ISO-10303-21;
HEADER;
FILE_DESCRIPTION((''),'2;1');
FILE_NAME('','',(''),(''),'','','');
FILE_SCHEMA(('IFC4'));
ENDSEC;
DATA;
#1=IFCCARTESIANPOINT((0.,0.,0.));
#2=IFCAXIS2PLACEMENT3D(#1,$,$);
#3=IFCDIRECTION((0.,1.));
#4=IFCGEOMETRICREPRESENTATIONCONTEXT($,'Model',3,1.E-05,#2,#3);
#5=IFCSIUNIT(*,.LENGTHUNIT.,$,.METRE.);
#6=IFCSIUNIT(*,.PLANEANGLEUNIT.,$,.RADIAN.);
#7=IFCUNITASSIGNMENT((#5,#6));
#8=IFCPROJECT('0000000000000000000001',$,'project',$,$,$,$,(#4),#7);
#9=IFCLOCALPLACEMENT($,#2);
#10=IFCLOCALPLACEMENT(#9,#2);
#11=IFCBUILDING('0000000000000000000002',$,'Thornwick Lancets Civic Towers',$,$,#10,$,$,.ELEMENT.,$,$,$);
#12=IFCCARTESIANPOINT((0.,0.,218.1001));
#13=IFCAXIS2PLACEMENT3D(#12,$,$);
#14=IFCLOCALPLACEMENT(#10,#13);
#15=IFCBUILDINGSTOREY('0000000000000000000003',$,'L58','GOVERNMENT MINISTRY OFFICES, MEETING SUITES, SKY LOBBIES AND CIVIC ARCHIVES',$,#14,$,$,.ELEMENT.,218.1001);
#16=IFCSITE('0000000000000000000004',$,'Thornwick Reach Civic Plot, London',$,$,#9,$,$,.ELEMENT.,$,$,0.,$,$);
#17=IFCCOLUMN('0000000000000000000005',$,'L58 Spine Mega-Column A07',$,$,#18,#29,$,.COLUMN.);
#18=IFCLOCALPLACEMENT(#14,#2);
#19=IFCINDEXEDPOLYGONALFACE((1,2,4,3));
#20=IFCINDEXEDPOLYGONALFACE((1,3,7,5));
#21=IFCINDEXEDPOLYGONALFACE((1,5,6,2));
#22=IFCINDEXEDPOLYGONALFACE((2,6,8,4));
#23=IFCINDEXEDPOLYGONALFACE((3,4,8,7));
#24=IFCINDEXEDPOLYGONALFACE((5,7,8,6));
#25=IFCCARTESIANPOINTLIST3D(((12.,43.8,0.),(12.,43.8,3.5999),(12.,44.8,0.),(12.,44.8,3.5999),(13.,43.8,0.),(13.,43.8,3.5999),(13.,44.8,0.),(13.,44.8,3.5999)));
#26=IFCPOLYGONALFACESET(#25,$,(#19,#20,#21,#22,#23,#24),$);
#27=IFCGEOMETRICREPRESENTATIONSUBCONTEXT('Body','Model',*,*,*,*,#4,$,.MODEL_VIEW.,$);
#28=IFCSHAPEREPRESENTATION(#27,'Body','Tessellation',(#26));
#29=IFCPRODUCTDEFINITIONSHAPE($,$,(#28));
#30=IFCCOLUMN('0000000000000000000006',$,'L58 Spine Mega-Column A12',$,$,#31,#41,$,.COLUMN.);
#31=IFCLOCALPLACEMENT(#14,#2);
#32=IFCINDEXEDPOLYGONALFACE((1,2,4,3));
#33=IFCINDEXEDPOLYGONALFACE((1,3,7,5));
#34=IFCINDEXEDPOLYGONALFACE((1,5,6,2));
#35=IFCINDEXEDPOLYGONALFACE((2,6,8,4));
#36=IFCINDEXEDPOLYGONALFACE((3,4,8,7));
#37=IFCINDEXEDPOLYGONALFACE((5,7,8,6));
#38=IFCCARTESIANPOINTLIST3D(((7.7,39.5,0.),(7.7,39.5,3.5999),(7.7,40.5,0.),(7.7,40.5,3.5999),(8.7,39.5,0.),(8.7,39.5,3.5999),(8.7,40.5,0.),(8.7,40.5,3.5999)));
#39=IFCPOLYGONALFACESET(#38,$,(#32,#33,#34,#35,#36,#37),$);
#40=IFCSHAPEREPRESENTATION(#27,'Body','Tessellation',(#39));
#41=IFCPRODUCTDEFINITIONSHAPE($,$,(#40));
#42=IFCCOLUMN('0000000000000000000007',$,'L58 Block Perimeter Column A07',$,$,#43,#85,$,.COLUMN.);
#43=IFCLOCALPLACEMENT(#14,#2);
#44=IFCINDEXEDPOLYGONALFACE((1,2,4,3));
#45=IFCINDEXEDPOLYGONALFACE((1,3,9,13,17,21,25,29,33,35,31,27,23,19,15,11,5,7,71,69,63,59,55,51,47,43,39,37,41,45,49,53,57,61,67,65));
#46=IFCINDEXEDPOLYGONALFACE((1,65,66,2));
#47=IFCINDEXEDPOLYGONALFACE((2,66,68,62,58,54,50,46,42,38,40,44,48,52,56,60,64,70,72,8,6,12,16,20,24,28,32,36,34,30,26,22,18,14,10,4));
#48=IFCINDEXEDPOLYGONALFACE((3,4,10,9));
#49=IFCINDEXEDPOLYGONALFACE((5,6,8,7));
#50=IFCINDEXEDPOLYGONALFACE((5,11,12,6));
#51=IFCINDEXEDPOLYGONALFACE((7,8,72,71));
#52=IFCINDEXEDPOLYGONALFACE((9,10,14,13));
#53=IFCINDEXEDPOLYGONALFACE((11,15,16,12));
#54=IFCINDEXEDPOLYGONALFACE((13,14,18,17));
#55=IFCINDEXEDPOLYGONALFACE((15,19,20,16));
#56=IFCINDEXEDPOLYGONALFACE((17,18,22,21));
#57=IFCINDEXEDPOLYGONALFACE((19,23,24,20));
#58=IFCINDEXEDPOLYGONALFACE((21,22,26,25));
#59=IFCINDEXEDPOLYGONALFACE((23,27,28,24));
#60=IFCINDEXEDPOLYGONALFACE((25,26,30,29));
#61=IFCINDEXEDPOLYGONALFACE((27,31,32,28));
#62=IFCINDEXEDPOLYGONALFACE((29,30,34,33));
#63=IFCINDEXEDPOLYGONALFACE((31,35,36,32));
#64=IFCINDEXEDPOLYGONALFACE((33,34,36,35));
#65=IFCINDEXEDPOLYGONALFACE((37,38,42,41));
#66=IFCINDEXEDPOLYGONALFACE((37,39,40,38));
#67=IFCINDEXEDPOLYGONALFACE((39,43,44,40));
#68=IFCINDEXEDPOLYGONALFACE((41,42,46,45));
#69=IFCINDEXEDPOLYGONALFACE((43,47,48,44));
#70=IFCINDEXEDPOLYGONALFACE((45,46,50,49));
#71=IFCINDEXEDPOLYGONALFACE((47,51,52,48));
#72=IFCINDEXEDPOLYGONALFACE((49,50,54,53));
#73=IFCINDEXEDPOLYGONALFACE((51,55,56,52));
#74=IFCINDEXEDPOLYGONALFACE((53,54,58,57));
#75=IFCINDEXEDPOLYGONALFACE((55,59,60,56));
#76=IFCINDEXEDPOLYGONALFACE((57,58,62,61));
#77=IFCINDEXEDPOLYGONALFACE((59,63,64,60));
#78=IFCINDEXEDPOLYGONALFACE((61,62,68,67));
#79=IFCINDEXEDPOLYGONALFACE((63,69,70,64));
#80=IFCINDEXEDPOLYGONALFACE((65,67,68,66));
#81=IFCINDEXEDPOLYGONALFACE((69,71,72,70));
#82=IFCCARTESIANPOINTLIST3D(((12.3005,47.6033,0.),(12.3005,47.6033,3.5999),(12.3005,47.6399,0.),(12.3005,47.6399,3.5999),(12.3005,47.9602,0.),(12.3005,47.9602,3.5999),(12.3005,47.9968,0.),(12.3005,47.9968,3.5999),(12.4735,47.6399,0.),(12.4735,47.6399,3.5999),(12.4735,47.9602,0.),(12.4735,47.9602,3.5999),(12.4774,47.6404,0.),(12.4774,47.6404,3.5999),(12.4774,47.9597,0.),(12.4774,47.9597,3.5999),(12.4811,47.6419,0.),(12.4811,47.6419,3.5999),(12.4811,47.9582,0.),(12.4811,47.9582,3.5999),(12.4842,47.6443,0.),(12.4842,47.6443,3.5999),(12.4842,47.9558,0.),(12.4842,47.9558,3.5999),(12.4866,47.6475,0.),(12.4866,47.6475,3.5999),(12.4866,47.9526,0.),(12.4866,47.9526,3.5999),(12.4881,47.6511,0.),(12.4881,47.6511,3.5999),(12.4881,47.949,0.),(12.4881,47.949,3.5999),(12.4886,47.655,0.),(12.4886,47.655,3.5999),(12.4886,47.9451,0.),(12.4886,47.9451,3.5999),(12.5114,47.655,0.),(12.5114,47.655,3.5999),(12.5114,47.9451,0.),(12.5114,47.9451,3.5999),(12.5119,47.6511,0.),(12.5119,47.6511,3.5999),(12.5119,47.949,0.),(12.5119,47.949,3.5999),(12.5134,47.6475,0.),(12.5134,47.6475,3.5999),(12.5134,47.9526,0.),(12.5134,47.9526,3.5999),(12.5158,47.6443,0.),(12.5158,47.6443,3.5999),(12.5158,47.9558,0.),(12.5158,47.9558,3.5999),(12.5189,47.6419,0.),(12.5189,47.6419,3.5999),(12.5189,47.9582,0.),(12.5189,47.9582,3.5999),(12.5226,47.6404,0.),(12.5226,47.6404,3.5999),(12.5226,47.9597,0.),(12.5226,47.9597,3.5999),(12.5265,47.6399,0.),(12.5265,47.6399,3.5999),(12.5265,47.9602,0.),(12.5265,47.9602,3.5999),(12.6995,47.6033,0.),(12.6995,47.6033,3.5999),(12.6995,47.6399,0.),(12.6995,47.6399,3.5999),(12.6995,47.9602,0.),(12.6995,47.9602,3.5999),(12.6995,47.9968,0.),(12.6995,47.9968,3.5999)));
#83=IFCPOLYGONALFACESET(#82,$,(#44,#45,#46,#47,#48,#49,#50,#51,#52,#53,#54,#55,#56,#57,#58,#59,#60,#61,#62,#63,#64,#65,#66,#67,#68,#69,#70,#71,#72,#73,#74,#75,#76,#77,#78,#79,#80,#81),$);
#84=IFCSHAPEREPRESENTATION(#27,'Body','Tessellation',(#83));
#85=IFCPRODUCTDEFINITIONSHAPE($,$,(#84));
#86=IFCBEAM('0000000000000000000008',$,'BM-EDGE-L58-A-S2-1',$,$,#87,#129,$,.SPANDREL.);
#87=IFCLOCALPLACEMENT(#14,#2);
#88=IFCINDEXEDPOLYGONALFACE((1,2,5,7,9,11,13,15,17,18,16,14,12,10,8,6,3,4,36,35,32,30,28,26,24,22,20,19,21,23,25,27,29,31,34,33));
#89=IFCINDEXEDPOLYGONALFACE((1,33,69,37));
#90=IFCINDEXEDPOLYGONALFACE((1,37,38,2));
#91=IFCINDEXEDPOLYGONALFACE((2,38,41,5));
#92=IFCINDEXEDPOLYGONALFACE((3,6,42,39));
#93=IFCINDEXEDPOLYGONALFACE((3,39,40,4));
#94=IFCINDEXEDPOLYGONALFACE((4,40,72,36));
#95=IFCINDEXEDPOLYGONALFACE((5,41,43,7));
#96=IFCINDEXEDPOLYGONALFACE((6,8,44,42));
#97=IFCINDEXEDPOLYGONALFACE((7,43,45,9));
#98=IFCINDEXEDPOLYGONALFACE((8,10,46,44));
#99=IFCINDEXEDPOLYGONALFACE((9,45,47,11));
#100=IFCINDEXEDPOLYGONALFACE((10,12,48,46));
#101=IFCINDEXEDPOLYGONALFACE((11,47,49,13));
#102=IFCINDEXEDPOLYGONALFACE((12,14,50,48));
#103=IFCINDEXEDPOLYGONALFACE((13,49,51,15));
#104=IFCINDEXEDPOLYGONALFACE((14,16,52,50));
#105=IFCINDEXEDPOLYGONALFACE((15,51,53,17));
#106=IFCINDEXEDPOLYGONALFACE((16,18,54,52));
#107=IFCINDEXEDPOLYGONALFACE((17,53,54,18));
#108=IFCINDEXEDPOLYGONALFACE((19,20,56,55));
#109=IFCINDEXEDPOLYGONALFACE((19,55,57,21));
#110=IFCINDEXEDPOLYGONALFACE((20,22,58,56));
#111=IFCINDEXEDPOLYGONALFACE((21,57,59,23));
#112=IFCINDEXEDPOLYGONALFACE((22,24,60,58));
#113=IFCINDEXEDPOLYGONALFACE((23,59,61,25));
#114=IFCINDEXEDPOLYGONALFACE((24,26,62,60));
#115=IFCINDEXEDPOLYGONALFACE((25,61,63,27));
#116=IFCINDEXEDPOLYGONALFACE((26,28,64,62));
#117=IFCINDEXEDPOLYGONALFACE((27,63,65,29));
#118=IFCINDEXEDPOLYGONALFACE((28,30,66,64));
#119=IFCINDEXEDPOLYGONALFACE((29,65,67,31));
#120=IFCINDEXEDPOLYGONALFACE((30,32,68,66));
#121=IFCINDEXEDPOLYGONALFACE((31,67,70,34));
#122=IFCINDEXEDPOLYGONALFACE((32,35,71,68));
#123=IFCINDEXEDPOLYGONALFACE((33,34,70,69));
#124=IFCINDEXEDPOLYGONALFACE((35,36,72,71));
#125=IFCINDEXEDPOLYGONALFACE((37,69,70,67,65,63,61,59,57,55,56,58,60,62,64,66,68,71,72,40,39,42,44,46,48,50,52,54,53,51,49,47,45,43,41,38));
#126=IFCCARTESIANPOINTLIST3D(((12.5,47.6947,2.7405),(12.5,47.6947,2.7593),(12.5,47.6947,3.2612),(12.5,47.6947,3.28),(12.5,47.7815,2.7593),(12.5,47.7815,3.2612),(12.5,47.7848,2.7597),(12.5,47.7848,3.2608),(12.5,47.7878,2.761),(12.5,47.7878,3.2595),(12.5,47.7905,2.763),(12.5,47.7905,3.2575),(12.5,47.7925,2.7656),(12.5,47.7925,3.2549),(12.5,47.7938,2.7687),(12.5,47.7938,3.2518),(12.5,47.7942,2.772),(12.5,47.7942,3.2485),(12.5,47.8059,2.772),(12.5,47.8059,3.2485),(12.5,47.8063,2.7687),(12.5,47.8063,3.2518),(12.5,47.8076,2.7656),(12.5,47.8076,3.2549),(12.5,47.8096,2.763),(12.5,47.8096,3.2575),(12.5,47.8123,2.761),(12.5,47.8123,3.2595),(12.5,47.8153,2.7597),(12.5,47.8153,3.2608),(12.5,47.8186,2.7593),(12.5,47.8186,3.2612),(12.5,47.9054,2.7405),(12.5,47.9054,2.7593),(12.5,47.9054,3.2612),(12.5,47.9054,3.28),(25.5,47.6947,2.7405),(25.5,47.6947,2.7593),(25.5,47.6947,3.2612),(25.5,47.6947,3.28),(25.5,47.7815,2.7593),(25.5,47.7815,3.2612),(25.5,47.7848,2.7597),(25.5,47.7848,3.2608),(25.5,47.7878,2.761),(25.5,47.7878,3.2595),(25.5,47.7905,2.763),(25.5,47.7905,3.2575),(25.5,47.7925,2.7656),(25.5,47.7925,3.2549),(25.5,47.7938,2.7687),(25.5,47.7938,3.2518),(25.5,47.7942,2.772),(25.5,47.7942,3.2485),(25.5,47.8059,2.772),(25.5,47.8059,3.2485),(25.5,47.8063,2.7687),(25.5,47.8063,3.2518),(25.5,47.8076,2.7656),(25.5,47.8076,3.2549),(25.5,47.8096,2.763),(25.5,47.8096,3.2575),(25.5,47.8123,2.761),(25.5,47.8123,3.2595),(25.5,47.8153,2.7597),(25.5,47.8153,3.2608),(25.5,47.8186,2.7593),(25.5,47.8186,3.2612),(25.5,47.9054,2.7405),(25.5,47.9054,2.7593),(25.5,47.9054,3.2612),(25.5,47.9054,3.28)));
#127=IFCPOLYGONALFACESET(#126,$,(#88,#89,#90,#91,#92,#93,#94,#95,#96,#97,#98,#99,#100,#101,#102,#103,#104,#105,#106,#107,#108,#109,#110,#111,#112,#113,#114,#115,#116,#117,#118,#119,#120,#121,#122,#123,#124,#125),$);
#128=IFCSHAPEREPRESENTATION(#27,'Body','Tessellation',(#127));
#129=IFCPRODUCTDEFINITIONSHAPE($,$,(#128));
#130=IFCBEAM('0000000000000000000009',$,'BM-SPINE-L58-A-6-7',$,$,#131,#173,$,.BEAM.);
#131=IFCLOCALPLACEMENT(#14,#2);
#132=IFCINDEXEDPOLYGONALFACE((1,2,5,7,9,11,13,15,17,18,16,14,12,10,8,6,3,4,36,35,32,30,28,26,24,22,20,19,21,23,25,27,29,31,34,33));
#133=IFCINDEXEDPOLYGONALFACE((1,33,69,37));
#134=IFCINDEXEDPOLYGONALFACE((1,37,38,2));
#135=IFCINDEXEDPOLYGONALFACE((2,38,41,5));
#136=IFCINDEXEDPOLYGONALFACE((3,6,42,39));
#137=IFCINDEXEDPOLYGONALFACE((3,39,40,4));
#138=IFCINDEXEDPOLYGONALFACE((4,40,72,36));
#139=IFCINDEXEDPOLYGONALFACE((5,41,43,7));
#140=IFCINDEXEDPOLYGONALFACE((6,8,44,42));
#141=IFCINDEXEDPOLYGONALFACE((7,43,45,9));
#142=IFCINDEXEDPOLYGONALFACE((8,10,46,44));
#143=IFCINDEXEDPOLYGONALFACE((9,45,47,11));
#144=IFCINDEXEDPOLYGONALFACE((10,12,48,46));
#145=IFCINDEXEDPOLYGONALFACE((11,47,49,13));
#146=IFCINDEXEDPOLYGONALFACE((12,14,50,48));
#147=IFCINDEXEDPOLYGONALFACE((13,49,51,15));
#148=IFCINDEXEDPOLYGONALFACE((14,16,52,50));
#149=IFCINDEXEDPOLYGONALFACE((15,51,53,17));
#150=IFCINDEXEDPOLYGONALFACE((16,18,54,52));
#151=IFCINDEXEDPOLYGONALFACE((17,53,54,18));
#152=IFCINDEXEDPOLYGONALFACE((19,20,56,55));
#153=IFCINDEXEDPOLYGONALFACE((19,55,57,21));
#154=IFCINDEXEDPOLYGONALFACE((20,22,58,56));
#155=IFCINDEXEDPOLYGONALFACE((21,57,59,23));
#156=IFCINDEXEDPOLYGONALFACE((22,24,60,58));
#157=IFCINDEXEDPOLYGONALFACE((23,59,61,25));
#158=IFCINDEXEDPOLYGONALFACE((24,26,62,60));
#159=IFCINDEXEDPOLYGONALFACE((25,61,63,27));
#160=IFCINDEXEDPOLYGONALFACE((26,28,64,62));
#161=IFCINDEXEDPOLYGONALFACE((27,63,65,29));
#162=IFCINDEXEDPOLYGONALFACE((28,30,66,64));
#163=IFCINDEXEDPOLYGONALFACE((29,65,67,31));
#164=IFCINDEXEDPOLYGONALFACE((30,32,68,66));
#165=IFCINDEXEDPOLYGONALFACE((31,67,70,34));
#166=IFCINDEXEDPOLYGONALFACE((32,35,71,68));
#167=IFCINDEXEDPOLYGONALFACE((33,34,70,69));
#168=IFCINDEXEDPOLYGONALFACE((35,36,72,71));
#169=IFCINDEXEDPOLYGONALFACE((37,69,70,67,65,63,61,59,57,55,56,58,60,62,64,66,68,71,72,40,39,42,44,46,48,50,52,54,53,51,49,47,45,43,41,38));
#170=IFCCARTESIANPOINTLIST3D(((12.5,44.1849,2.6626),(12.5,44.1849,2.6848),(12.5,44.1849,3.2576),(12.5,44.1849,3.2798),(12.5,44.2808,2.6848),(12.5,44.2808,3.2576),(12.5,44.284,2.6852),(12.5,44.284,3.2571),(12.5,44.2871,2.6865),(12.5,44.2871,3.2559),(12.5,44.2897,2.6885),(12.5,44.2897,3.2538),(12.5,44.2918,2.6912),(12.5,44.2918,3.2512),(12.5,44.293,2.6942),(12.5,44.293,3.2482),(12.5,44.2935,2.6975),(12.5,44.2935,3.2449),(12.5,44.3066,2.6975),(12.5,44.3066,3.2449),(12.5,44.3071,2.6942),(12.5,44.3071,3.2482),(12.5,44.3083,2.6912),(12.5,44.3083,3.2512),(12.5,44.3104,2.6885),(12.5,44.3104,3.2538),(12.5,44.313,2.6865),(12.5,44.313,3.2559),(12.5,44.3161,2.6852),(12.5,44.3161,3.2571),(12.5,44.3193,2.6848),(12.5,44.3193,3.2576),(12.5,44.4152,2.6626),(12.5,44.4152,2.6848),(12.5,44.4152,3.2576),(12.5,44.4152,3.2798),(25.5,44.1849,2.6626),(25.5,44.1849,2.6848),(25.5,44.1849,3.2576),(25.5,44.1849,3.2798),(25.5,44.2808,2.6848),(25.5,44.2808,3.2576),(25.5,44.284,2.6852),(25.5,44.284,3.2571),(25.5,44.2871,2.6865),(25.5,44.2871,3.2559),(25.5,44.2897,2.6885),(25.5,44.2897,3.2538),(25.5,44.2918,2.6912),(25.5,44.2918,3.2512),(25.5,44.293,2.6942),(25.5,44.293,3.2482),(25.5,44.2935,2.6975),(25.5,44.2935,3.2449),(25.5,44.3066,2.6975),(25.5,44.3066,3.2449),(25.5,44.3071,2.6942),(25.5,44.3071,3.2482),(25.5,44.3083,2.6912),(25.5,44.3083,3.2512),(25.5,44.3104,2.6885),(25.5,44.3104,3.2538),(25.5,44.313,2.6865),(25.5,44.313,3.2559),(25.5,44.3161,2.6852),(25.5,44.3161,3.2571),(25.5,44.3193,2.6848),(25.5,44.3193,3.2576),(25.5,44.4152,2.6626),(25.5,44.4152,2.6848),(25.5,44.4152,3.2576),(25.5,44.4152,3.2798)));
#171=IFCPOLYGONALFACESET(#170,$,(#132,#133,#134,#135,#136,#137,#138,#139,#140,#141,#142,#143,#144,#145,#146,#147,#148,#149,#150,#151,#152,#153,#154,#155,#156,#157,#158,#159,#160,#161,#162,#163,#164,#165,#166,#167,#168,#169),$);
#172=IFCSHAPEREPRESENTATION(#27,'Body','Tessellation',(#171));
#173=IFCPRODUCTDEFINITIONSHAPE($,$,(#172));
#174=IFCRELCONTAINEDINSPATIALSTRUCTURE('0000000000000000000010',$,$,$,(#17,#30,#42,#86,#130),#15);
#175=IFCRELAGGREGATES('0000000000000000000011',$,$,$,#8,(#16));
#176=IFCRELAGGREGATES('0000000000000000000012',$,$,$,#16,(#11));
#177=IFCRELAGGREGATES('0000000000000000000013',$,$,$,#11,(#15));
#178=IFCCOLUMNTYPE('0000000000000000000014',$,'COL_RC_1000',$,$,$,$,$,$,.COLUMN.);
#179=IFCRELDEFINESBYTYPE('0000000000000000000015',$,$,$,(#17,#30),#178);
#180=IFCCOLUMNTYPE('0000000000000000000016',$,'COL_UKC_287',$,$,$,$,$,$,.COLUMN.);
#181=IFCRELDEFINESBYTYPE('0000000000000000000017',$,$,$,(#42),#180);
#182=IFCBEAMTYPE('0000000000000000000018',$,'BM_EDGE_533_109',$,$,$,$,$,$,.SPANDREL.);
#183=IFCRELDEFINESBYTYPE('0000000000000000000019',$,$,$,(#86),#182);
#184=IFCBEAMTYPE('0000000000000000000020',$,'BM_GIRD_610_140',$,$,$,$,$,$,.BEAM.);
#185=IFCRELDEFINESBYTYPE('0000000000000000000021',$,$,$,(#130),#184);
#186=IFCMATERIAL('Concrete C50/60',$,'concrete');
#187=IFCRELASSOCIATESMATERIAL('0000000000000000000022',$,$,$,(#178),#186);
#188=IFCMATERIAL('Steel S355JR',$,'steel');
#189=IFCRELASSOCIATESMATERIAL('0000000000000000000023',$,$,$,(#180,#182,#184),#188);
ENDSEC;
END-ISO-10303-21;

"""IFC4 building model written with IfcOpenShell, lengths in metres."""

from ifc_helpers import new_model, si_unit, direction, frame, origin, origin_2d, place, context, subcontext, project, spatial, rectangle, i_section, extrude, material, material_profile, profile_set, type_object, element, save


model = new_model("IFC4")

# Units and contexts
model_context = context("Model", 3, precision=1e-05, world=origin(), true_north=direction((0.0, 1.0)))
body_context = subcontext(model_context, "Body", "Model", "MODEL_VIEW")
ifc_project = project(units=[si_unit("LENGTHUNIT", "METRE"), si_unit("PLANEANGLEUNIT", "RADIAN")], contexts=[model_context])

# Site, building, storey
site_placement = place(None, origin())
site = spatial("IfcSite", under=ifc_project, at=site_placement, Name="Thornwick Reach Civic Plot, London", CompositionType="ELEMENT", RefElevation=0.0)
building_placement = place(site_placement, origin())
building = spatial("IfcBuilding", under=site, at=building_placement, Name="Thornwick Lancets Civic Towers", CompositionType="ELEMENT")
storey_placement = place(building_placement, frame((0.0, 0.0, 218.1001)))
storey = spatial("IfcBuildingStorey", under=building, at=storey_placement, Name="L58", Description="GOVERNMENT MINISTRY OFFICES, MEETING SUITES, SKY LOBBIES AND CIVIC ARCHIVES", CompositionType="ELEMENT", Elevation=218.1001)

# Columns
ifc_material_1 = material(Name="Concrete C50/60", Category="concrete")
ifc_material_profile_1 = material_profile(ifc_material_1, rectangle(XDim=1.0, YDim=1.0, at=origin_2d()), Name="RC 1000x1000")
ifc_profile_set_1 = profile_set([ifc_material_profile_1], Name="Concrete C50/60")
column_type_1 = type_object("IfcColumnType", Name="COL_RC_1000", PredefinedType="COLUMN", material=ifc_profile_set_1)
for number, where, z_axis, x_axis, name in (
    (1, (12.5, 44.3, 0.0), (0.0, 0.0, 1.0), (1.0, 0.0, 0.0), "L58 Spine Mega-Column A07"),
    (2, (8.2, 40.0, 0.0), (0.0, 0.0, 1.0), (1.0, 0.0, 0.0), "L58 Spine Mega-Column A12"),
):
    element("IfcColumn", number, at=place(storey_placement, frame(where, z_axis=z_axis, x_axis=x_axis)), inside=storey, type_object=column_type_1, Name=name, PredefinedType="COLUMN", context=body_context, shape_type="SweptSolid", body=[
        extrude(rectangle(XDim=1.0, YDim=1.0, at=origin_2d()), origin(), (0.0, 0.0, 1.0), 3.5999),
    ])
ifc_material_2 = material(Name="Steel S355JR", Category="steel")
ifc_material_profile_2 = material_profile(ifc_material_2, i_section(OverallWidth=0.3989, OverallDepth=0.3936, WebThickness=0.0227, FlangeThickness=0.0366, FilletRadius=0.0151, at=origin_2d()), Name="UKC 356x406x287")
ifc_profile_set_2 = profile_set([ifc_material_profile_2], Name="Steel S355JR")
column_type_2 = type_object("IfcColumnType", Name="COL_UKC_287", PredefinedType="COLUMN", material=ifc_profile_set_2)
column_placement = place(storey_placement, frame((12.5, 47.8, 0.0), z_axis=(0.0, 0.0, 1.0), x_axis=(1.0, 0.0, 0.0)))
element("IfcColumn", 3, at=column_placement, inside=storey, type_object=column_type_2, Name="L58 Block Perimeter Column A07", PredefinedType="COLUMN", context=body_context, shape_type="SweptSolid", body=[
    extrude(i_section(OverallWidth=0.3989, OverallDepth=0.3936, WebThickness=0.0227, FlangeThickness=0.0366, FilletRadius=0.0151, at=origin_2d()), origin(), (0.0, 0.0, 1.0), 3.5999),
])

# Beams
ifc_material_profile_3 = material_profile(ifc_material_2, i_section(OverallWidth=0.2107, OverallDepth=0.5396, WebThickness=0.0117, FlangeThickness=0.0188, FilletRadius=0.0127, at=origin_2d()), Name="UKB 533x210x109")
ifc_profile_set_3 = profile_set([ifc_material_profile_3], Name="Steel S355JR")
beam_type_1 = type_object("IfcBeamType", Name="BM_EDGE_533_109", PredefinedType="SPANDREL", material=ifc_profile_set_3)
beam_1_placement = place(storey_placement, frame((12.5, 47.8, 3.0103), z_axis=(1.0, 0.0, 0.0), x_axis=(0.0, 1.0, 0.0)))
element("IfcBeam", 4, at=beam_1_placement, inside=storey, type_object=beam_type_1, Name="BM-EDGE-L58-A-S2-1", PredefinedType="SPANDREL", context=body_context, shape_type="SweptSolid", body=[
    extrude(i_section(OverallWidth=0.2107, OverallDepth=0.5396, WebThickness=0.0117, FlangeThickness=0.0188, FilletRadius=0.0127, at=origin_2d()), origin(), (0.0, 0.0, 1.0), 13.0),
])
ifc_material_profile_4 = material_profile(ifc_material_2, i_section(OverallWidth=0.2302, OverallDepth=0.6172, WebThickness=0.0132, FlangeThickness=0.0222, FilletRadius=0.0127, at=origin_2d()), Name="UKB 610x229x140")
ifc_profile_set_4 = profile_set([ifc_material_profile_4], Name="Steel S355JR")
beam_type_2 = type_object("IfcBeamType", Name="BM_GIRD_610_140", PredefinedType="BEAM", material=ifc_profile_set_4)
beam_2_placement = place(storey_placement, frame((12.5, 44.3, 2.9712), z_axis=(1.0, 0.0, 0.0), x_axis=(0.0, 1.0, 0.0)))
element("IfcBeam", 5, at=beam_2_placement, inside=storey, type_object=beam_type_2, Name="BM-SPINE-L58-A-6-7", PredefinedType="BEAM", context=body_context, shape_type="SweptSolid", body=[
    extrude(i_section(OverallWidth=0.2302, OverallDepth=0.6172, WebThickness=0.0132, FlangeThickness=0.0222, FilletRadius=0.0127, at=origin_2d()), origin(), (0.0, 0.0, 1.0), 13.0),
])

save(model, "model.ifc")
